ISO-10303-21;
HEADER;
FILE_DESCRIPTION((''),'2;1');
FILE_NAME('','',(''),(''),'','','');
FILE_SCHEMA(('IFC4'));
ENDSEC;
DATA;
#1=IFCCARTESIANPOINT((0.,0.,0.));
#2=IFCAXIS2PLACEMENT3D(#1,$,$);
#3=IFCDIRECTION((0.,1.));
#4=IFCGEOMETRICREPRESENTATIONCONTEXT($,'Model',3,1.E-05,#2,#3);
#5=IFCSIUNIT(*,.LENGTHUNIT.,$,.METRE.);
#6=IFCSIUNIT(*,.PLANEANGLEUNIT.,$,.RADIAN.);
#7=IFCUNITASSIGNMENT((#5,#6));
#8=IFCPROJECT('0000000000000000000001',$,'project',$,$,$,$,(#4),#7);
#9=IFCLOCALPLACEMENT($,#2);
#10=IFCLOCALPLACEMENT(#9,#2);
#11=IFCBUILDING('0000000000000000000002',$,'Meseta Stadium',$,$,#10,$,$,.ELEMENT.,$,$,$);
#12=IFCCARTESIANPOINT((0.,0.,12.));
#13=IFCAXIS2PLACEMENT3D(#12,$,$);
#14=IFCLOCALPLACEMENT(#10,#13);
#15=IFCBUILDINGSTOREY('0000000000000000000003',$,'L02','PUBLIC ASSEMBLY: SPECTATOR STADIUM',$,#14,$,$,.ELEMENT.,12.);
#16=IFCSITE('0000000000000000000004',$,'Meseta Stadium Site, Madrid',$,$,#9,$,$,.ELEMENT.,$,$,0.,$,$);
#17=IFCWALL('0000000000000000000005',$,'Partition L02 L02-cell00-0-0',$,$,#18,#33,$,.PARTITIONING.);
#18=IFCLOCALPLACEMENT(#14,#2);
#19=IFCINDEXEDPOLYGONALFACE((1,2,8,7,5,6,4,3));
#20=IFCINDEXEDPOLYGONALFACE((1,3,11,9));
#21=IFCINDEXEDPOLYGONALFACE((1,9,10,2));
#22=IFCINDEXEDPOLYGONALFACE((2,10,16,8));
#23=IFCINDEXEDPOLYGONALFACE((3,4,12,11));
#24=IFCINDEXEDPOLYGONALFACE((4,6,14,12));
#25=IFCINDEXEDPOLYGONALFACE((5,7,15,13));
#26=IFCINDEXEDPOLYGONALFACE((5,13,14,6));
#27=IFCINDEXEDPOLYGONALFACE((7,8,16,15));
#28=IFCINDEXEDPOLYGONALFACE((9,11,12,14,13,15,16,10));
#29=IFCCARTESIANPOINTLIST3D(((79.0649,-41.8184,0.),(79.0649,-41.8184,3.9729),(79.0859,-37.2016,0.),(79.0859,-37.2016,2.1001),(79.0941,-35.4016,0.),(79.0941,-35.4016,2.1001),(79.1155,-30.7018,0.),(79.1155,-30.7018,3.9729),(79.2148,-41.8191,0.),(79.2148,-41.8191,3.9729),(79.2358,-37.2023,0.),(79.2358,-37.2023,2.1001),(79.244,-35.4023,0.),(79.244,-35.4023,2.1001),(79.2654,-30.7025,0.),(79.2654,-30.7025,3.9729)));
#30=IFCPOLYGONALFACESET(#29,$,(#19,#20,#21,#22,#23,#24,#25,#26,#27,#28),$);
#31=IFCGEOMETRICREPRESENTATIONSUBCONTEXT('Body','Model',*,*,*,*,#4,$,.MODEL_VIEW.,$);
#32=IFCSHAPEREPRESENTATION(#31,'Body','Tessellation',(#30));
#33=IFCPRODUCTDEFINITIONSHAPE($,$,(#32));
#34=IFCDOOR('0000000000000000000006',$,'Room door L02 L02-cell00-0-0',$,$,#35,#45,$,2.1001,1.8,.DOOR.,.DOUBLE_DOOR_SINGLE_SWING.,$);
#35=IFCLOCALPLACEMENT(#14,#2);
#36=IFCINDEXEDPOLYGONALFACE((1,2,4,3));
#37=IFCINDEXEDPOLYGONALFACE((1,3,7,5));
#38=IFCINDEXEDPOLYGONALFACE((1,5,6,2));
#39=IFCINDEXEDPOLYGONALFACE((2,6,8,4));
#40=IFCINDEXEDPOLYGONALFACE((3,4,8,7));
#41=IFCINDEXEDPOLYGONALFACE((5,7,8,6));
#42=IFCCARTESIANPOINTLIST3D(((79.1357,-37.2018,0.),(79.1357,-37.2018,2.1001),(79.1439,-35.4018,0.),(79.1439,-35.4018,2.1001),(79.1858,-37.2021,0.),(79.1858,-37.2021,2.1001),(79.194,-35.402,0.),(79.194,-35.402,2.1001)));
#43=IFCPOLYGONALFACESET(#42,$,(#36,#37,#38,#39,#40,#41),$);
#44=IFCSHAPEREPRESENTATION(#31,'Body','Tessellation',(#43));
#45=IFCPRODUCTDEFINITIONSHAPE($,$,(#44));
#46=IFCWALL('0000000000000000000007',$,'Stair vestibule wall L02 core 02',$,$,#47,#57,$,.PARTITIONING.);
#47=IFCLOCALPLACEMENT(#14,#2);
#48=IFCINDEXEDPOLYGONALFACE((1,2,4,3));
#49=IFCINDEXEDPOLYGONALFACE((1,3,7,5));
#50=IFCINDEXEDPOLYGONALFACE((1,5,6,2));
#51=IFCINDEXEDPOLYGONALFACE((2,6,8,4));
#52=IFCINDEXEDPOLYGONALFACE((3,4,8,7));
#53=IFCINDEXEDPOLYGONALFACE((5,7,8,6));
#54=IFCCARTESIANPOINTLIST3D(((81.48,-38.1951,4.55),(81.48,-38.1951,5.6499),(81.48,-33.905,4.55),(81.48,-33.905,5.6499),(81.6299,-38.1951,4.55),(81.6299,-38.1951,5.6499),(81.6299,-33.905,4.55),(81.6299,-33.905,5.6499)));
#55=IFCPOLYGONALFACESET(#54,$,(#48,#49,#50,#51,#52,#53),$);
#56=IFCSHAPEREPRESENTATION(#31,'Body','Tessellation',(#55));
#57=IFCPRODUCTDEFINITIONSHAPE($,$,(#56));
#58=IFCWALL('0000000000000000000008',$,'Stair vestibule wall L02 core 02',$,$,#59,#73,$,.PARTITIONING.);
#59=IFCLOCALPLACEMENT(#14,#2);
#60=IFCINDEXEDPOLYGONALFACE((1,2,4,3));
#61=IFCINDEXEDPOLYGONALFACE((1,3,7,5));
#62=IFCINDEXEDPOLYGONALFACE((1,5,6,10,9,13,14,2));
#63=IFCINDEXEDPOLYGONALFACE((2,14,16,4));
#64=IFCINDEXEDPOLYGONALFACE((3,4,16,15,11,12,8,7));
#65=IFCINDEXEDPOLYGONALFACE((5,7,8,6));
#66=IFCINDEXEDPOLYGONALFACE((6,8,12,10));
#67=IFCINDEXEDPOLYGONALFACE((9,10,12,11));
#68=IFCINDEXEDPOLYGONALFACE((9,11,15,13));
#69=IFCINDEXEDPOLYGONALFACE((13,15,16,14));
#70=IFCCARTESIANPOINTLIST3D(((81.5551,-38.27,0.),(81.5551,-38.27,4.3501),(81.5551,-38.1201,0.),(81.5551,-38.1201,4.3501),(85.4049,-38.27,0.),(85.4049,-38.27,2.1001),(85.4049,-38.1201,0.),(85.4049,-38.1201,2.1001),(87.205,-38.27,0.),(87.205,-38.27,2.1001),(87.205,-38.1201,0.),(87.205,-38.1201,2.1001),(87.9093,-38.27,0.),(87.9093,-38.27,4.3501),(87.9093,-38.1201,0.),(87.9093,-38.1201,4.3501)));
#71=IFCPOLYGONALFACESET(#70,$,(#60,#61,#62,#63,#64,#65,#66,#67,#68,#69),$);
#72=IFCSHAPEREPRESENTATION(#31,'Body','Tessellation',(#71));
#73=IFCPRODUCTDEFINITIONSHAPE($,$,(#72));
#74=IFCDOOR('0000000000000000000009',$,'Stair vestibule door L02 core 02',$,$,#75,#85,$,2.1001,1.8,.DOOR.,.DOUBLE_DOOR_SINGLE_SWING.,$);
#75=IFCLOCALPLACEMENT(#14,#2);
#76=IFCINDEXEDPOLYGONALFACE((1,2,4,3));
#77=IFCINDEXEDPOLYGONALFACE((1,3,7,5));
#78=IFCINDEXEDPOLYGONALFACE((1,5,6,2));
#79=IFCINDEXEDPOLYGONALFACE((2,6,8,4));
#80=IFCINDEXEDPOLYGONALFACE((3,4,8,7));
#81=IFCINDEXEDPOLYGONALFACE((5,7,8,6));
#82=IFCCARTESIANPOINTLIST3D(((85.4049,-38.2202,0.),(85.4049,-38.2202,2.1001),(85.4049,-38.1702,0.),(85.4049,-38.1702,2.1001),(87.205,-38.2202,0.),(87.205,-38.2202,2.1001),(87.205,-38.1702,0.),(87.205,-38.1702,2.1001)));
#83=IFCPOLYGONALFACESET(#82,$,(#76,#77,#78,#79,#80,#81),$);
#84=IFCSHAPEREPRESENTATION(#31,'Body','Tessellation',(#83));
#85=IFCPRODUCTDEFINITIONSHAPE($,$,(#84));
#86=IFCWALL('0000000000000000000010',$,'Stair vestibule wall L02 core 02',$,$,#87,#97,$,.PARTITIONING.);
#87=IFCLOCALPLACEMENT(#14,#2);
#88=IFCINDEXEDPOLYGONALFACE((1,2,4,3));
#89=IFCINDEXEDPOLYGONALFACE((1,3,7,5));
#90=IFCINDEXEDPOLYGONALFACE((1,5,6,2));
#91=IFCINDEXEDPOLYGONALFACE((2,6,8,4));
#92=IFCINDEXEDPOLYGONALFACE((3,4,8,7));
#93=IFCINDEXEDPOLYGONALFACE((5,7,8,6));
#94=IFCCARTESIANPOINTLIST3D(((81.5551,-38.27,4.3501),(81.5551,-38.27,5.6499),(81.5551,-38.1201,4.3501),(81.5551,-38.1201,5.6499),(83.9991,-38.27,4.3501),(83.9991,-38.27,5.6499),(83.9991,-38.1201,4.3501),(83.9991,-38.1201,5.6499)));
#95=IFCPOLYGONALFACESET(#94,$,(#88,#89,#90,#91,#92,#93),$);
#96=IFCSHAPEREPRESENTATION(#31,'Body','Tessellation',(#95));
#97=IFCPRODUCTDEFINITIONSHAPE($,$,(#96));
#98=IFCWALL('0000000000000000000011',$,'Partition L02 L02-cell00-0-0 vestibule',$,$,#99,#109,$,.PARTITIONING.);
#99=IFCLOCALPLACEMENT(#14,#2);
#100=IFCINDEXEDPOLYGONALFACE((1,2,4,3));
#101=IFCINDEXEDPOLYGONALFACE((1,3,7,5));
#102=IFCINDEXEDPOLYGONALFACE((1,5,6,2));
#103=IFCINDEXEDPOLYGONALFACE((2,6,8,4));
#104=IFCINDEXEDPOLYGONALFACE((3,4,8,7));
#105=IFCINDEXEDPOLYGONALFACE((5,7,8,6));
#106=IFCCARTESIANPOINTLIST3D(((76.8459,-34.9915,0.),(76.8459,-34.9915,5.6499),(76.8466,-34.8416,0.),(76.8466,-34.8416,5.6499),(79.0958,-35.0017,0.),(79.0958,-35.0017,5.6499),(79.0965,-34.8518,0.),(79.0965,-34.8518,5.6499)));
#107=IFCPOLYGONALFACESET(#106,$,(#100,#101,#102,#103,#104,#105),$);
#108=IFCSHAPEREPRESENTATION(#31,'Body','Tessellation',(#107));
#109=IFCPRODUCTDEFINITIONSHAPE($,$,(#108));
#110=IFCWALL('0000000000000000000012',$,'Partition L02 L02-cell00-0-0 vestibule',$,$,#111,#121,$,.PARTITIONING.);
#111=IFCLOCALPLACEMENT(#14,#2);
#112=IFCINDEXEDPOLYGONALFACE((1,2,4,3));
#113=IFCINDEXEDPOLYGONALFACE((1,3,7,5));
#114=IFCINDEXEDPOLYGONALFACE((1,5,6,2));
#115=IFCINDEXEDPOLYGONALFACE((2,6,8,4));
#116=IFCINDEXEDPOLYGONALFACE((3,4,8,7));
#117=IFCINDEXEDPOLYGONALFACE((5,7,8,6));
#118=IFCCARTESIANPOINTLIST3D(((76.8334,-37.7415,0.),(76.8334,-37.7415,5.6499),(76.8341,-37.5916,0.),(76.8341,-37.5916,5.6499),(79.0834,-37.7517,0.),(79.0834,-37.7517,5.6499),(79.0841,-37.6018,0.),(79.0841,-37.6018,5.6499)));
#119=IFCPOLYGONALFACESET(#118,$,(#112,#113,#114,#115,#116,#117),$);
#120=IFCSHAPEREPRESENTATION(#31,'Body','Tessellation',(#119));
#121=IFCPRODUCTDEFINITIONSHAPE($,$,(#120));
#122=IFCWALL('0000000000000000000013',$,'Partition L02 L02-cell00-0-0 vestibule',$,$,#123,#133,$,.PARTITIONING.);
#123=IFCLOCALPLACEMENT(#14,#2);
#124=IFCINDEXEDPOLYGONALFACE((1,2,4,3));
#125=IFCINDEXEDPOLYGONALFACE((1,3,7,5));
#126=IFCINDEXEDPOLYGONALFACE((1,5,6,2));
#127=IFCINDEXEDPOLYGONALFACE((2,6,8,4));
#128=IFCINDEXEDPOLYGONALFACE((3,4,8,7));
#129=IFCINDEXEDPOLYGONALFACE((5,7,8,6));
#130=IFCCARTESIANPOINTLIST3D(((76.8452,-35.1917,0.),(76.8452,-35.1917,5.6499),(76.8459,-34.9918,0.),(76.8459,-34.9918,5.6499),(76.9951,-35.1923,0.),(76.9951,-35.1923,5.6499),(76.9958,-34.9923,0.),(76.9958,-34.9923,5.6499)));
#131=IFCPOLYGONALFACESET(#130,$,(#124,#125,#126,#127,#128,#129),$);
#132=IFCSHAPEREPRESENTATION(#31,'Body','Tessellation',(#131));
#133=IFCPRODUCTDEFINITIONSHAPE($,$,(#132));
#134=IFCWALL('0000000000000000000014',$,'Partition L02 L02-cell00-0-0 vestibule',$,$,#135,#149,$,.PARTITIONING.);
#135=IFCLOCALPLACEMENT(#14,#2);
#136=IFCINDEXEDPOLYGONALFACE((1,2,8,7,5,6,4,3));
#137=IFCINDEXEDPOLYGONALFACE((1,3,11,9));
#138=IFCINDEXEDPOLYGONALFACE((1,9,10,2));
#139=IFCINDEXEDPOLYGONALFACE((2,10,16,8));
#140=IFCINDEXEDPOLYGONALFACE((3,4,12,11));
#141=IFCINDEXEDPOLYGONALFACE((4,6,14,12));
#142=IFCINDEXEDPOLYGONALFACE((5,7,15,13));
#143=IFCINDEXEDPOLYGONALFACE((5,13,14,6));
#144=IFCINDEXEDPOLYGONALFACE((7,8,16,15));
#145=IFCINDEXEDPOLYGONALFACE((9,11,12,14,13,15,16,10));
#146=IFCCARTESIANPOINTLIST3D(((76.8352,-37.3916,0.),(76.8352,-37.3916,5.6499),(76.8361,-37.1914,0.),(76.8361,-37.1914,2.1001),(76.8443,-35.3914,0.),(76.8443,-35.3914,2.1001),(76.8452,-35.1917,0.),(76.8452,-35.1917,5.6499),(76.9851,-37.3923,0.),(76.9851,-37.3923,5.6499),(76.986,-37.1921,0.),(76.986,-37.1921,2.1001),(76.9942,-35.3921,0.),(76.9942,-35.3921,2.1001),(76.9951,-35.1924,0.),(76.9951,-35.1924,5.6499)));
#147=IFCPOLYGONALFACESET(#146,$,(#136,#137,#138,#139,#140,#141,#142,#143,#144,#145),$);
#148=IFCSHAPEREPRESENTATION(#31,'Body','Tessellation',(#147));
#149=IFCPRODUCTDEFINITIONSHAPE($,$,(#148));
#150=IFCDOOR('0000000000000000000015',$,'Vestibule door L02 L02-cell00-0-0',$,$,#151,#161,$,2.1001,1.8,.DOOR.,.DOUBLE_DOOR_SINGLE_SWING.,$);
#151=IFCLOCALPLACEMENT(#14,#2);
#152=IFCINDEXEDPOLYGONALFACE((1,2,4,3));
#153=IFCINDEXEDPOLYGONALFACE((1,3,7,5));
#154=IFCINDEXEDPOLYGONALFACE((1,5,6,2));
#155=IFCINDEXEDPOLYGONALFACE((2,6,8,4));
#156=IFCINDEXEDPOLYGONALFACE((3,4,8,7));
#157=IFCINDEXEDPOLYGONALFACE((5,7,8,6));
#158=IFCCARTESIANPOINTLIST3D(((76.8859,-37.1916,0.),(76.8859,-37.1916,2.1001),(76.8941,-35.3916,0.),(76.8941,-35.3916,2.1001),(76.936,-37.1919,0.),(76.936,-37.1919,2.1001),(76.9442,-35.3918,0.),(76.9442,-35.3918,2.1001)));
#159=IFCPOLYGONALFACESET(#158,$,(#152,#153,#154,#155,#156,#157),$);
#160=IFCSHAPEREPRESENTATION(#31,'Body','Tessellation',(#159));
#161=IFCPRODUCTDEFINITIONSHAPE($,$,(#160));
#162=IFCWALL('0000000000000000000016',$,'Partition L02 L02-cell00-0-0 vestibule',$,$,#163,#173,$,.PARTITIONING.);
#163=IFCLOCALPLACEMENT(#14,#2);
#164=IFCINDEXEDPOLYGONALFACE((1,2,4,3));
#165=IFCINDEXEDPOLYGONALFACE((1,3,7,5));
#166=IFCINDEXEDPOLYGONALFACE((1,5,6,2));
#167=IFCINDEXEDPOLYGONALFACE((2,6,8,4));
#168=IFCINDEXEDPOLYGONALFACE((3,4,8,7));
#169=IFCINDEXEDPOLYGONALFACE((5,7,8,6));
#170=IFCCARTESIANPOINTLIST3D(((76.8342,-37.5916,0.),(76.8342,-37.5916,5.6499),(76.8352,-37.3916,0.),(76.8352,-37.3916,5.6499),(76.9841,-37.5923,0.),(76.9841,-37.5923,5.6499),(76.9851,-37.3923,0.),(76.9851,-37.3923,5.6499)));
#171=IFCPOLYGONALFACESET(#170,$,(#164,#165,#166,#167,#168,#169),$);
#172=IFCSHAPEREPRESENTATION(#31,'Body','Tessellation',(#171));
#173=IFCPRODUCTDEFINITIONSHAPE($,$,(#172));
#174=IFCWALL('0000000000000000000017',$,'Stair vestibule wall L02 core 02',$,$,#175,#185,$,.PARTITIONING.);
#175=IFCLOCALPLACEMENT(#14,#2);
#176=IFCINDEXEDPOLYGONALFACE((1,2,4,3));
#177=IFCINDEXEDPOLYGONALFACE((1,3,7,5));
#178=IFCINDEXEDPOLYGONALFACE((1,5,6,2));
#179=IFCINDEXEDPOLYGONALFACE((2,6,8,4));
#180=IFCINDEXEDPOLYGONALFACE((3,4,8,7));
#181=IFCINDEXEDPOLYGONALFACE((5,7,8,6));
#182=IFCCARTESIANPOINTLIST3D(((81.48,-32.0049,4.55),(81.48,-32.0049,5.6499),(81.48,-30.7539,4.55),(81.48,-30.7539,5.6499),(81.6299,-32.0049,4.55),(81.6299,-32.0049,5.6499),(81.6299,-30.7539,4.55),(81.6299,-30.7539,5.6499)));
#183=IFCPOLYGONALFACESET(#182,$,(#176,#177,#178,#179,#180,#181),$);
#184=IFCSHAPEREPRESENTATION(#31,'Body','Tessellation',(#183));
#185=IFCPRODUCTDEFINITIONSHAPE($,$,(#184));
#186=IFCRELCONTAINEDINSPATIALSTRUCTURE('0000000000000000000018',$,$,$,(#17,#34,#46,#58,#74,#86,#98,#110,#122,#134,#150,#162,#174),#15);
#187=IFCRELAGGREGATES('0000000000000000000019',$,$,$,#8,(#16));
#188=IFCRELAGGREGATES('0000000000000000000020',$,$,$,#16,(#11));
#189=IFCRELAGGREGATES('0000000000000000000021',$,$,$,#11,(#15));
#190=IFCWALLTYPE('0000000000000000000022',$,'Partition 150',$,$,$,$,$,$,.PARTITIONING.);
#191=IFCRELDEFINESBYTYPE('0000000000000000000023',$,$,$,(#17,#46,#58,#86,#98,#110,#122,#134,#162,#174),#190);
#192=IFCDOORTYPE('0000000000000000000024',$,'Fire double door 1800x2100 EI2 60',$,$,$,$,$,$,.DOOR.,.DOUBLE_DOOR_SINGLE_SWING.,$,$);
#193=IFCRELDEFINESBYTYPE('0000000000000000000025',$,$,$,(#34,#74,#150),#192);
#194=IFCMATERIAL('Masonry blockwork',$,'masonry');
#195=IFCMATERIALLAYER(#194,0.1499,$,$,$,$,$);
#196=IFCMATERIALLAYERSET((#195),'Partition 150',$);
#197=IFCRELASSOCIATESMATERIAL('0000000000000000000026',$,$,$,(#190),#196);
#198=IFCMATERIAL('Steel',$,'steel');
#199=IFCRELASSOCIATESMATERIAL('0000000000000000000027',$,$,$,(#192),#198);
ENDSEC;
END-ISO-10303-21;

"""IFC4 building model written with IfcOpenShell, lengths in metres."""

from ifc_helpers import new_model, si_unit, direction, frame, frame_2d, origin, place, context, subcontext, project, spatial, rectangle, extrude, material, layer, layer_set, type_object, element, fill, save


model = new_model("IFC4")

# Units and contexts
model_context = context("Model", 3, precision=1e-05, world=origin(), true_north=direction((0.0, 1.0)))
body_context = subcontext(model_context, "Body", "Model", "MODEL_VIEW")
ifc_project = project(units=[si_unit("LENGTHUNIT", "METRE"), si_unit("PLANEANGLEUNIT", "RADIAN")], contexts=[model_context])

# Site, building, storey
site_placement = place(None, origin())
site = spatial("IfcSite", under=ifc_project, at=site_placement, Name="Meseta Stadium Site, Madrid", CompositionType="ELEMENT", RefElevation=0.0)
building_placement = place(site_placement, origin())
building = spatial("IfcBuilding", under=site, at=building_placement, Name="Meseta Stadium", CompositionType="ELEMENT")
storey_placement = place(building_placement, frame((0.0, 0.0, 12.0)))
storey = spatial("IfcBuildingStorey", under=building, at=storey_placement, Name="L02", Description="PUBLIC ASSEMBLY: SPECTATOR STADIUM", CompositionType="ELEMENT", Elevation=12.0)

# Wall, opening, door
ifc_material_1 = material(Name="Masonry blockwork", Category="masonry")
ifc_layer_1 = layer(ifc_material_1, 0.1499)
ifc_layer_set_1 = layer_set([ifc_layer_1], Name="Partition 150")
wall_type_1 = type_object("IfcWallType", Name="Partition 150", PredefinedType="PARTITIONING", material=ifc_layer_set_1)
wall_1_placement = place(storey_placement, frame((79.1904, -30.7021, 0.0), z_axis=(0.0, 0.0, 1.0), x_axis=(-0.004546, -0.99999, 0.0)))
wall_1 = element("IfcWall", 1, at=wall_1_placement, inside=storey, type_object=wall_type_1, Name="Partition L02 L02-cell00-0-0", PredefinedType="PARTITIONING", context=body_context, shape_type="SweptSolid", body=[
    extrude(rectangle(XDim=11.1167, YDim=0.1499, at=frame_2d((5.5583, 0.0))), origin(), (0.0, 0.0, 1.0), 3.9729),
])
opening_1_placement = place(wall_1_placement, frame((4.7, 0.0, 0.0)))
opening_1 = element("IfcOpeningElement", 2, at=opening_1_placement, cuts=wall_1, PredefinedType="OPENING", context=body_context, shape_type="SweptSolid", body=[
    extrude(rectangle(XDim=1.8, YDim=2.1001, at=frame_2d((0.8999, 1.05))), frame((0.0, 0.085, 0.0), z_axis=(0.0, -1.0, 0.0), x_axis=(1.0, 0.0, 0.0)), (0.0, 0.0, 1.0), 0.1699),
])
ifc_material_2 = material(Name="Steel", Category="steel")
door_type_1 = type_object("IfcDoorType", Name="Fire double door 1800x2100 EI2 60", OperationType="DOUBLE_DOOR_SINGLE_SWING", PredefinedType="DOOR", material=ifc_material_2)
door_1_placement = place(opening_1_placement, origin())
door_1 = element("IfcDoor", 3, at=door_1_placement, inside=storey, type_object=door_type_1, Name="Room door L02 L02-cell00-0-0", OperationType="DOUBLE_DOOR_SINGLE_SWING", OverallHeight=2.1001, OverallWidth=1.8, PredefinedType="DOOR", context=body_context, shape_type="SweptSolid", body=[
    extrude(rectangle(XDim=1.8, YDim=2.1001, at=frame_2d((0.8999, 1.05))), frame((0.0, 0.0249, 0.0), z_axis=(0.0, -1.0, 0.0), x_axis=(1.0, 0.0, 0.0)), (0.0, 0.0, 1.0), 0.05),
])
fill(opening_1, door_1)

# Wall
wall_2_placement = place(storey_placement, frame((81.5549, -33.905, 4.55), z_axis=(0.0, 0.0, 1.0), x_axis=(0.0, -1.0, 0.0)))
element("IfcWall", 4, at=wall_2_placement, inside=storey, type_object=wall_type_1, Name="Stair vestibule wall L02 core 02", PredefinedType="PARTITIONING", context=body_context, shape_type="SweptSolid", body=[
    extrude(rectangle(XDim=4.29, YDim=0.1499, at=frame_2d((2.145, 0.0))), origin(), (0.0, 0.0, 1.0), 1.0999),
])

# Wall, opening, door
wall_3_placement = place(storey_placement, frame((81.5549, -38.1951, 0.0), z_axis=(0.0, 0.0, 1.0), x_axis=(1.0, 0.0, 0.0)))
wall_3 = element("IfcWall", 5, at=wall_3_placement, inside=storey, type_object=wall_type_1, Name="Stair vestibule wall L02 core 02", PredefinedType="PARTITIONING", context=body_context, shape_type="SweptSolid", body=[
    extrude(rectangle(XDim=6.3542, YDim=0.1499, at=frame_2d((3.1772, 0.0))), origin(), (0.0, 0.0, 1.0), 4.3501),
])
opening_2_placement = place(wall_3_placement, frame((3.8501, 0.0, 0.0)))
opening_2 = element("IfcOpeningElement", 6, at=opening_2_placement, cuts=wall_3, PredefinedType="OPENING", context=body_context, shape_type="SweptSolid", body=[
    extrude(rectangle(XDim=1.8, YDim=2.1001, at=frame_2d((0.8999, 1.05))), frame((0.0, 0.085, 0.0), z_axis=(0.0, -1.0, 0.0), x_axis=(1.0, 0.0, 0.0)), (0.0, 0.0, 1.0), 0.1699),
])
door_2_placement = place(opening_2_placement, origin())
door_2 = element("IfcDoor", 7, at=door_2_placement, inside=storey, type_object=door_type_1, Name="Stair vestibule door L02 core 02", OperationType="DOUBLE_DOOR_SINGLE_SWING", OverallHeight=2.1001, OverallWidth=1.8, PredefinedType="DOOR", context=body_context, shape_type="SweptSolid", body=[
    extrude(rectangle(XDim=1.8, YDim=2.1001, at=frame_2d((0.8999, 1.05))), frame((0.0, 0.0249, 0.0), z_axis=(0.0, -1.0, 0.0), x_axis=(1.0, 0.0, 0.0)), (0.0, 0.0, 1.0), 0.05),
])
fill(opening_2, door_2)

# Walls
wall_4_placement = place(storey_placement, frame((81.5549, -38.1951, 4.3501), z_axis=(0.0, 0.0, 1.0), x_axis=(1.0, 0.0, 0.0)))
element("IfcWall", 8, at=wall_4_placement, inside=storey, type_object=wall_type_1, Name="Stair vestibule wall L02 core 02", PredefinedType="PARTITIONING", context=body_context, shape_type="SweptSolid", body=[
    extrude(rectangle(XDim=2.4441, YDim=0.1499, at=frame_2d((1.2222, 0.0))), origin(), (0.0, 0.0, 1.0), 1.2998),
])
for number, where, z_axis, x_axis, name in (
    (9, (79.0962, -34.9268, 0.0), (0.0, 0.0, 1.0), (-0.99999, 0.004557, 0.0), "Partition L02 L02-cell00-0-0 vestibule"),
    (10, (79.0837, -37.6768, 0.0), (0.0, 0.0, 1.0), (-0.99999, 0.004557, 0.0), "Partition L02 L02-cell00-0-0 vestibule"),
):
    element("IfcWall", number, at=place(storey_placement, frame(where, z_axis=z_axis, x_axis=x_axis)), inside=storey, type_object=wall_type_1, Name=name, PredefinedType="PARTITIONING", context=body_context, shape_type="SweptSolid", body=[
        extrude(rectangle(XDim=2.25, YDim=0.1499, at=frame_2d((1.125, 0.0))), origin(), (0.0, 0.0, 1.0), 5.6499),
    ])
wall_5_placement = place(storey_placement, frame((76.9209, -34.9919, 0.0), z_axis=(0.0, 0.0, 1.0), x_axis=(-0.003663, -0.999993, 0.0)))
element("IfcWall", 11, at=wall_5_placement, inside=storey, type_object=wall_type_1, Name="Partition L02 L02-cell00-0-0 vestibule", PredefinedType="PARTITIONING", context=body_context, shape_type="SweptSolid", body=[
    extrude(rectangle(XDim=0.2, YDim=0.1499, at=frame_2d((0.1001, 0.0))), origin(), (0.0, 0.0, 1.0), 5.6499),
])

# Wall, opening, door
wall_6_placement = place(storey_placement, frame((76.9202, -35.1919, 0.0), z_axis=(0.0, 0.0, 1.0), x_axis=(-0.00455, -0.99999, 0.0)))
wall_6 = element("IfcWall", 12, at=wall_6_placement, inside=storey, type_object=wall_type_1, Name="Partition L02 L02-cell00-0-0 vestibule", PredefinedType="PARTITIONING", context=body_context, shape_type="SweptSolid", body=[
    extrude(rectangle(XDim=2.2, YDim=0.1499, at=frame_2d((1.1001, 0.0))), origin(), (0.0, 0.0, 1.0), 5.6499),
])
opening_3_placement = place(wall_6_placement, frame((0.2, 0.0, 0.0)))
opening_3 = element("IfcOpeningElement", 13, at=opening_3_placement, cuts=wall_6, PredefinedType="OPENING", context=body_context, shape_type="SweptSolid", body=[
    extrude(rectangle(XDim=1.8, YDim=2.1001, at=frame_2d((0.8999, 1.05))), frame((0.0, 0.085, 0.0), z_axis=(0.0, -1.0, 0.0), x_axis=(1.0, 0.0, 0.0)), (0.0, 0.0, 1.0), 0.1699),
])
door_3_placement = place(opening_3_placement, origin())
door_3 = element("IfcDoor", 14, at=door_3_placement, inside=storey, type_object=door_type_1, Name="Vestibule door L02 L02-cell00-0-0", OperationType="DOUBLE_DOOR_SINGLE_SWING", OverallHeight=2.1001, OverallWidth=1.8, PredefinedType="DOOR", context=body_context, shape_type="SweptSolid", body=[
    extrude(rectangle(XDim=1.8, YDim=2.1001, at=frame_2d((0.8999, 1.05))), frame((0.0, 0.0249, 0.0), z_axis=(0.0, -1.0, 0.0), x_axis=(1.0, 0.0, 0.0)), (0.0, 0.0, 1.0), 0.05),
])
fill(opening_3, door_3)

# Walls
wall_7_placement = place(storey_placement, frame((76.9102, -37.3918, 0.0), z_axis=(0.0, 0.0, 1.0), x_axis=(-0.004884, -0.999988, 0.0)))
element("IfcWall", 15, at=wall_7_placement, inside=storey, type_object=wall_type_1, Name="Partition L02 L02-cell00-0-0 vestibule", PredefinedType="PARTITIONING", context=body_context, shape_type="SweptSolid", body=[
    extrude(rectangle(XDim=0.2, YDim=0.1499, at=frame_2d((0.1001, 0.0))), origin(), (0.0, 0.0, 1.0), 5.6499),
])
wall_8_placement = place(storey_placement, frame((81.5549, -30.7539, 4.55), z_axis=(0.0, 0.0, 1.0), x_axis=(0.0, -1.0, 0.0)))
element("IfcWall", 16, at=wall_8_placement, inside=storey, type_object=wall_type_1, Name="Stair vestibule wall L02 core 02", PredefinedType="PARTITIONING", context=body_context, shape_type="SweptSolid", body=[
    extrude(rectangle(XDim=1.251, YDim=0.1499, at=frame_2d((0.6255, 0.0))), origin(), (0.0, 0.0, 1.0), 1.0999),
])

save(model, "model.ifc")
